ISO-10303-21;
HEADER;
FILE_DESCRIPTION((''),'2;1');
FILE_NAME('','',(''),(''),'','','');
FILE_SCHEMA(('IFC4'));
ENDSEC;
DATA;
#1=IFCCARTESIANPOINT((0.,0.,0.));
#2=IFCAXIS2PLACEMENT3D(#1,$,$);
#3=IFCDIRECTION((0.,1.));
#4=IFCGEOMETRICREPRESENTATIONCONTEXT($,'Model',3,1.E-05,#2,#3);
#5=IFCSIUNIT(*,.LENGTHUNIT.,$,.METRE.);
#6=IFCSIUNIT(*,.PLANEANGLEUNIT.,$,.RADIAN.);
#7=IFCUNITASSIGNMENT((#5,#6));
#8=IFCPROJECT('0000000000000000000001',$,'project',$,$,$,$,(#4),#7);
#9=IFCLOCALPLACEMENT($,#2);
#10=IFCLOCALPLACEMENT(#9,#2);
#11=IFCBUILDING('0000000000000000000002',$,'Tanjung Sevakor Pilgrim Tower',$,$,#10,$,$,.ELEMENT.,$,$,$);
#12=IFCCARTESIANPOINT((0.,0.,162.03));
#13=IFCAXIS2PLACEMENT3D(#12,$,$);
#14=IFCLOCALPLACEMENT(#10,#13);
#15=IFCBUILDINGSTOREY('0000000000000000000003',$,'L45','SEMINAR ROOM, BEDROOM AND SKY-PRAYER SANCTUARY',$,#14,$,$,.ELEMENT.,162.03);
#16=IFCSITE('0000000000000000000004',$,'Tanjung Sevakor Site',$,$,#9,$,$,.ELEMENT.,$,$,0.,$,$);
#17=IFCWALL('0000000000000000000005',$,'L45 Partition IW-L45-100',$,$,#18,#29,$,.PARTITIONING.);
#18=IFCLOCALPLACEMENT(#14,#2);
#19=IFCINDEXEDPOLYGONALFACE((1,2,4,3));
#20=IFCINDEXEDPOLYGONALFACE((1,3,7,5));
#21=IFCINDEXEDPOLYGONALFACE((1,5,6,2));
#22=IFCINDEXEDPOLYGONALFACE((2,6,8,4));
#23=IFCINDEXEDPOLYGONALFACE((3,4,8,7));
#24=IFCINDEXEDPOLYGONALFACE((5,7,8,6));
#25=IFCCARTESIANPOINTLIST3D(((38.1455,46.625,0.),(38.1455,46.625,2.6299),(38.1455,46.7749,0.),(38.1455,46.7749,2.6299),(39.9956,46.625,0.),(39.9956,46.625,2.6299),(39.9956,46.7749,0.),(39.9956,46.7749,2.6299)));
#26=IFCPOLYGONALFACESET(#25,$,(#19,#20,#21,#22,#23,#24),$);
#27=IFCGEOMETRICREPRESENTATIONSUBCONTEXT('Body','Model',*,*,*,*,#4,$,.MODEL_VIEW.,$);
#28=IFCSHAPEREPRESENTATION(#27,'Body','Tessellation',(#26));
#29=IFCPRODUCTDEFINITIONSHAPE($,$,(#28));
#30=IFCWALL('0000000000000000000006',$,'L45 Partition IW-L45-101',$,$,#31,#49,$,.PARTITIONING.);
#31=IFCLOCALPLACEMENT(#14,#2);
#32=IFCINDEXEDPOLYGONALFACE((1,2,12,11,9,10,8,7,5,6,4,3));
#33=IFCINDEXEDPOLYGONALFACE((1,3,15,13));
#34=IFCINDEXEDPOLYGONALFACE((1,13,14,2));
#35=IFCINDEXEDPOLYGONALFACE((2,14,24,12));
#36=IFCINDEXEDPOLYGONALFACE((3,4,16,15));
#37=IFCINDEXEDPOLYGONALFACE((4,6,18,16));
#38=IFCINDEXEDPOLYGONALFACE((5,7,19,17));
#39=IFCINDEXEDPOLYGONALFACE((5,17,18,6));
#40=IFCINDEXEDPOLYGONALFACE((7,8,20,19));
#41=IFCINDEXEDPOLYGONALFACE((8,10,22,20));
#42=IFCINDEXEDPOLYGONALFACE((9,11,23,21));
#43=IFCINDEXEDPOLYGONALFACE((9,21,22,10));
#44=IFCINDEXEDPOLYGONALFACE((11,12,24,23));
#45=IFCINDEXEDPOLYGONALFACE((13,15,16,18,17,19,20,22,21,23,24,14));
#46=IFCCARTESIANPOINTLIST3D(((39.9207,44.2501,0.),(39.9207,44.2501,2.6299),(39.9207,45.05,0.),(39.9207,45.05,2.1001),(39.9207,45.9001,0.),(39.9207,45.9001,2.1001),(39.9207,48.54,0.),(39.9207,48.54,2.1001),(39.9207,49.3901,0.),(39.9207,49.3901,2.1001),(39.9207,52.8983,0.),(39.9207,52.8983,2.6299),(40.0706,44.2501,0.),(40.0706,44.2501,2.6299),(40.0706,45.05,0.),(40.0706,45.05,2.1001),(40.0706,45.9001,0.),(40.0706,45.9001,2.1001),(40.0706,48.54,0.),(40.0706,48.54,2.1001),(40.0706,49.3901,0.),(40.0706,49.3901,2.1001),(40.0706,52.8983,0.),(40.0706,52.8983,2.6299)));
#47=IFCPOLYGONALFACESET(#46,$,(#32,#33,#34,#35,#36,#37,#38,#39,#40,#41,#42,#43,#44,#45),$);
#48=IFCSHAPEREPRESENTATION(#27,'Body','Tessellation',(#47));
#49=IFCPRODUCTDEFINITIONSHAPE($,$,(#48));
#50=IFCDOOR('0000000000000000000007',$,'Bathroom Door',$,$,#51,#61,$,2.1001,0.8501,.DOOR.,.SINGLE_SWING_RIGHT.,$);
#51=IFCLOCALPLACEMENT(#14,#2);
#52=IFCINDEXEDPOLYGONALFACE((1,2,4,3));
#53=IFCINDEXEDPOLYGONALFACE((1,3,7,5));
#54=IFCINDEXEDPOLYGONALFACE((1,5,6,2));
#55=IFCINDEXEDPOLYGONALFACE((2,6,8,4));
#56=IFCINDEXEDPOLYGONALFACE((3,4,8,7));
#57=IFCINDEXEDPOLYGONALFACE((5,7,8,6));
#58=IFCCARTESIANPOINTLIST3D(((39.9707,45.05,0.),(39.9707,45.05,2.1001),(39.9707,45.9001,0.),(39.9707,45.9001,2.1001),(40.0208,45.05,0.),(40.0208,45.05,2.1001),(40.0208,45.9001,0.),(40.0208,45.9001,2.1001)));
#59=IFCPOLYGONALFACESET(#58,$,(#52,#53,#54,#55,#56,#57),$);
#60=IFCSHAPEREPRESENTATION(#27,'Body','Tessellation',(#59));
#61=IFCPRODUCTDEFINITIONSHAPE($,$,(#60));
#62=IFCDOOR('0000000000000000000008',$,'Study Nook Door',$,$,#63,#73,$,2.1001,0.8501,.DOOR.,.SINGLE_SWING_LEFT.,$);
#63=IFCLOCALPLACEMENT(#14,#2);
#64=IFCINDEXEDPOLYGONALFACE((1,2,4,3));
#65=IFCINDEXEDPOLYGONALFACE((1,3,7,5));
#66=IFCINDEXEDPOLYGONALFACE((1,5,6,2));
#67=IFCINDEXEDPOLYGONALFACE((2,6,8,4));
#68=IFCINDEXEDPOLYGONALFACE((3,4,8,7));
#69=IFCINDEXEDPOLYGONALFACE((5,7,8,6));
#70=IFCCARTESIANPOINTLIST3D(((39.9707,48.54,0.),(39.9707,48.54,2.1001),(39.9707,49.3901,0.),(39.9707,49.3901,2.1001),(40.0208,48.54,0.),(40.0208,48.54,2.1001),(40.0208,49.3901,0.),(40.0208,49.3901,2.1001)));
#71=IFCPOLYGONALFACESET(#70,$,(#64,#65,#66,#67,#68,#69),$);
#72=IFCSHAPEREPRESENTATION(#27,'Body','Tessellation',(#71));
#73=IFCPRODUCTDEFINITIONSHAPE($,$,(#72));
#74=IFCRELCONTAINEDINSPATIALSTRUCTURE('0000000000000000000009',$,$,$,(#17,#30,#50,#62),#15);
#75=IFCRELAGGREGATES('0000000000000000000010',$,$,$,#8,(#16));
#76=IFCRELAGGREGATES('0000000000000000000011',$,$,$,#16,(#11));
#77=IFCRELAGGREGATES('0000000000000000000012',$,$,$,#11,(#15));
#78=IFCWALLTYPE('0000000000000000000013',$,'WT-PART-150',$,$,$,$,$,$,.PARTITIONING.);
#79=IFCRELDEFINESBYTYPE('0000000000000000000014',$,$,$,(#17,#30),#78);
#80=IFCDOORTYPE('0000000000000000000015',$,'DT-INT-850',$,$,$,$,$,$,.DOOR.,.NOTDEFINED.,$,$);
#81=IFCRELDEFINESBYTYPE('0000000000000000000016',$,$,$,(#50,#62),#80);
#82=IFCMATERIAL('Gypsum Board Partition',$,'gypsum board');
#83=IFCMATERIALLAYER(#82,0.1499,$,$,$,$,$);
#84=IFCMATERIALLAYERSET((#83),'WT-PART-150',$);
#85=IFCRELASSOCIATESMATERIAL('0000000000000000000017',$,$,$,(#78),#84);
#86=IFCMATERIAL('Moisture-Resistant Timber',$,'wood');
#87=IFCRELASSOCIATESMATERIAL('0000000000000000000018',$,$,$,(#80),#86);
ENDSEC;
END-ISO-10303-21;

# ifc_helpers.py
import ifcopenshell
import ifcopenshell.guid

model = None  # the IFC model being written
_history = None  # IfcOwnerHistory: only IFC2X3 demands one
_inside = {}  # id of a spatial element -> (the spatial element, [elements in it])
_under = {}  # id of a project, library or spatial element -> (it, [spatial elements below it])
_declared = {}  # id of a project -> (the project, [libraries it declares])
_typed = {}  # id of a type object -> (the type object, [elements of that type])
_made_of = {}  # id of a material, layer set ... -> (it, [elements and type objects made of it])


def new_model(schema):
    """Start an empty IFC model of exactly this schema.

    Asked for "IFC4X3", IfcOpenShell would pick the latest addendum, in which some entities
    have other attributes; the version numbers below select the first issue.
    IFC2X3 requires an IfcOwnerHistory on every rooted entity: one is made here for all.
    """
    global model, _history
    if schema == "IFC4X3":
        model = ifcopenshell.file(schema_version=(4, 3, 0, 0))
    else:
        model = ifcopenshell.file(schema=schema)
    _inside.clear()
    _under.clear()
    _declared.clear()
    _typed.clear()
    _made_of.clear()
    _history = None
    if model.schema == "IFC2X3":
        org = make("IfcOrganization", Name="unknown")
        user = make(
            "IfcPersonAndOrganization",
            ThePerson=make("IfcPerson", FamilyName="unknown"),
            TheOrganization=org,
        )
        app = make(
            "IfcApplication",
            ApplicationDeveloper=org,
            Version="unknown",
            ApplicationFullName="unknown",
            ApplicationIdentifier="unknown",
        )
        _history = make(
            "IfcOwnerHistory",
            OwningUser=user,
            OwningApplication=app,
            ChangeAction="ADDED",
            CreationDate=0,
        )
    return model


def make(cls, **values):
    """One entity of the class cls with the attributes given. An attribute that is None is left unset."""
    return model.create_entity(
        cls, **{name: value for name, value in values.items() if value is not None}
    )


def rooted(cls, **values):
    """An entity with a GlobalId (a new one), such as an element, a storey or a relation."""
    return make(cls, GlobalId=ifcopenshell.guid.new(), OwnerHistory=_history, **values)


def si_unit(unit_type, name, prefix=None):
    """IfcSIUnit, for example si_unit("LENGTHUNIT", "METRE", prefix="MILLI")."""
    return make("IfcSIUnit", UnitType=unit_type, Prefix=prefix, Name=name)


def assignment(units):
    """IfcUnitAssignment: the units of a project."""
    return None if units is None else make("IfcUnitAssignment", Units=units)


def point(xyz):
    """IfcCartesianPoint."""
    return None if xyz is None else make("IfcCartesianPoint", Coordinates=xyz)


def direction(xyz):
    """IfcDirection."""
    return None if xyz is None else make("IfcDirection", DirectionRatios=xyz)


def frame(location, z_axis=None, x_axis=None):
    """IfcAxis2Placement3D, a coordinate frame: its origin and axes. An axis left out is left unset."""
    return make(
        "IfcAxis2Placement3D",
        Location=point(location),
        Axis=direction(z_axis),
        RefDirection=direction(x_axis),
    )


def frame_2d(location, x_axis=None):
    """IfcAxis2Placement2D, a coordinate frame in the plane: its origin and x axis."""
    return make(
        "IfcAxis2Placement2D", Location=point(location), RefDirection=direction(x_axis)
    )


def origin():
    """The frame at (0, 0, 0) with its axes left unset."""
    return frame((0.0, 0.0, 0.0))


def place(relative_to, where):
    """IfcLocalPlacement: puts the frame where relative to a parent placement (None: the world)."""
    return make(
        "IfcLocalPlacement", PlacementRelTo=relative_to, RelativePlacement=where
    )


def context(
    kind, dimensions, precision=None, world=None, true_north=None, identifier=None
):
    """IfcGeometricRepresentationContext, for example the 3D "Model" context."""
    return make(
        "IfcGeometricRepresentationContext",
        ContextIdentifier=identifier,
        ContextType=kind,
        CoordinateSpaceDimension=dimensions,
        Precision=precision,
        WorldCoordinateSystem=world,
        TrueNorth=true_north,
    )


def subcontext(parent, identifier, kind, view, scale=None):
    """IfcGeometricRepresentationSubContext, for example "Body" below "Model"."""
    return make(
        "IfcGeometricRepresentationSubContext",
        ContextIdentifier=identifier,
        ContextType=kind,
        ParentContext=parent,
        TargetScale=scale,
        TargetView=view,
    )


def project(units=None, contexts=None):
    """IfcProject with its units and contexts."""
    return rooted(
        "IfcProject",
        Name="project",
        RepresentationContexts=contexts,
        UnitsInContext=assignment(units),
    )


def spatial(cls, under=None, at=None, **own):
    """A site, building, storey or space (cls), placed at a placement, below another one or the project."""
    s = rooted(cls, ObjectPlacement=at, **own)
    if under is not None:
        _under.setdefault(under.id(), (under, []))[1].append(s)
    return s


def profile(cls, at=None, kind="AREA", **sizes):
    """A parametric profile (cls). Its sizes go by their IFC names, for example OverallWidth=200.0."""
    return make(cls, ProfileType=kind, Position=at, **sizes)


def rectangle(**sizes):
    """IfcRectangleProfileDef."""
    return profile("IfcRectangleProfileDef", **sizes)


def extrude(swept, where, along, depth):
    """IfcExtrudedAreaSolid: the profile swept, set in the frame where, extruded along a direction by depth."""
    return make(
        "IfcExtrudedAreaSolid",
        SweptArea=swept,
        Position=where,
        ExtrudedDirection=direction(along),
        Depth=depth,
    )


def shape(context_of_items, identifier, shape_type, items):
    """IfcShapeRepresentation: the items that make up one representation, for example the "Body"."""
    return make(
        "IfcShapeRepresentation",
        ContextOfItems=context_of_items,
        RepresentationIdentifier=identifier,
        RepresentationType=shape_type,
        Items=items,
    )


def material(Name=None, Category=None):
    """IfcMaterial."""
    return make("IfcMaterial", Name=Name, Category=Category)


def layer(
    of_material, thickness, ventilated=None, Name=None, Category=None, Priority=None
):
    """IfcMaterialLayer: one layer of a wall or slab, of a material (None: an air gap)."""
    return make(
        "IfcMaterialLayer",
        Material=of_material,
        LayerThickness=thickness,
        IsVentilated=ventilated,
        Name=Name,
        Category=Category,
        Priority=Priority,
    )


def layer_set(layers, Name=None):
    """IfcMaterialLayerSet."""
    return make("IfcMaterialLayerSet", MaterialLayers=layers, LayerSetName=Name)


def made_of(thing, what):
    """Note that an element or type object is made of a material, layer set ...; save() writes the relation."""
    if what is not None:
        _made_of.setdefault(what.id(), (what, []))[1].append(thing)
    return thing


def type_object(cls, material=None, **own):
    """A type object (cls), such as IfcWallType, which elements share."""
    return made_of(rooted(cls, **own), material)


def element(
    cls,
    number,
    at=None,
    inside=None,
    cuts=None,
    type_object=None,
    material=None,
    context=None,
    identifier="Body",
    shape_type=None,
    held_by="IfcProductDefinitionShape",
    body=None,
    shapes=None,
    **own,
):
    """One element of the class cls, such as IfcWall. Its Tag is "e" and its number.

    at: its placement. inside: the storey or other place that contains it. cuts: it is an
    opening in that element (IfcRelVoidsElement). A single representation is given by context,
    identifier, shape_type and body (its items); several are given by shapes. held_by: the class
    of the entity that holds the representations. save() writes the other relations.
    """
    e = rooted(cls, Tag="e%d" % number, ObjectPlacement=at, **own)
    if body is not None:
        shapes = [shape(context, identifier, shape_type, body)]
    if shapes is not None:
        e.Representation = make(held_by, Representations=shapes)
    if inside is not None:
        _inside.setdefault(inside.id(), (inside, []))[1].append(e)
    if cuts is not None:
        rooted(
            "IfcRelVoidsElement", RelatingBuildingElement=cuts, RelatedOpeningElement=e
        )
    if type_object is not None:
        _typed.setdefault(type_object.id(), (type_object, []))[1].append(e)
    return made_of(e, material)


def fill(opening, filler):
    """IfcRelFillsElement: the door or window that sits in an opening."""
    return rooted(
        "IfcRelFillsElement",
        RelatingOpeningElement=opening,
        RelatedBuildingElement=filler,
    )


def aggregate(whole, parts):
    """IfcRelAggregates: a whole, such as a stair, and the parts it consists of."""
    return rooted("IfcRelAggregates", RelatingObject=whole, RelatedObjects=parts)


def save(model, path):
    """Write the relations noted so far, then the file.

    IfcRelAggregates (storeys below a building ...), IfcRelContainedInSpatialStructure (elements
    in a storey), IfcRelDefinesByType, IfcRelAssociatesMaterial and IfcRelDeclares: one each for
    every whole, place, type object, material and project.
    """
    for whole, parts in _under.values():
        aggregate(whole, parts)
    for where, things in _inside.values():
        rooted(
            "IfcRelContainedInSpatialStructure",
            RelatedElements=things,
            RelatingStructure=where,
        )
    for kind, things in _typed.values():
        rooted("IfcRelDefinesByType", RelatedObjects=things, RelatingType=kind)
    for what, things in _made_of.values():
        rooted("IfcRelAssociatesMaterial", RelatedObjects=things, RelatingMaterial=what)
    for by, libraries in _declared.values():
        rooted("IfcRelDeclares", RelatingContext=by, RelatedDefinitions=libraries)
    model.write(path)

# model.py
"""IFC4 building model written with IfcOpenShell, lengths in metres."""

from ifc_helpers import new_model, si_unit, direction, frame, frame_2d, origin, place, context, subcontext, project, spatial, rectangle, extrude, material, layer, layer_set, type_object, element, fill, save


model = new_model("IFC4")

# Units and contexts
model_context = context("Model", 3, precision=1e-05, world=origin(), true_north=direction((0.0, 1.0)))
body_context = subcontext(model_context, "Body", "Model", "MODEL_VIEW")
ifc_project = project(units=[si_unit("LENGTHUNIT", "METRE"), si_unit("PLANEANGLEUNIT", "RADIAN")], contexts=[model_context])

# Site, building, storey
site_placement = place(None, origin())
site = spatial("IfcSite", under=ifc_project, at=site_placement, Name="Tanjung Sevakor Site", CompositionType="ELEMENT", RefElevation=0.0)
building_placement = place(site_placement, origin())
building = spatial("IfcBuilding", under=site, at=building_placement, Name="Tanjung Sevakor Pilgrim Tower", CompositionType="ELEMENT")
storey_placement = place(building_placement, frame((0.0, 0.0, 162.03)))
storey = spatial("IfcBuildingStorey", under=building, at=storey_placement, Name="L45", Description="SEMINAR ROOM, BEDROOM AND SKY-PRAYER SANCTUARY", CompositionType="ELEMENT", Elevation=162.03)

# Wall
ifc_material_1 = material(Name="Gypsum Board Partition", Category="gypsum board")
ifc_layer_1 = layer(ifc_material_1, 0.1499)
ifc_layer_set_1 = layer_set([ifc_layer_1], Name="WT-PART-150")
wall_type_1 = type_object("IfcWallType", Name="WT-PART-150", PredefinedType="PARTITIONING", material=ifc_layer_set_1)
wall_1_placement = place(storey_placement, frame((38.1455, 46.7, 0.0), z_axis=(0.0, 0.0, 1.0), x_axis=(1.0, 0.0, 0.0)))
element("IfcWall", 1, at=wall_1_placement, inside=storey, type_object=wall_type_1, Name="L45 Partition IW-L45-100", PredefinedType="PARTITIONING", context=body_context, shape_type="SweptSolid", body=[
    extrude(rectangle(XDim=1.8501, YDim=0.1499, at=frame_2d((0.925, 0.0))), origin(), (0.0, 0.0, 1.0), 2.6299),
])

# Wall, openings, doors
wall_2_placement = place(storey_placement, frame((39.9956, 44.25, 0.0), z_axis=(0.0, 0.0, 1.0), x_axis=(0.0, 1.0, 0.0)))
wall_2 = element("IfcWall", 2, at=wall_2_placement, inside=storey, type_object=wall_type_1, Name="L45 Partition IW-L45-101", PredefinedType="PARTITIONING", context=body_context, shape_type="SweptSolid", body=[
    extrude(rectangle(XDim=8.6482, YDim=0.1499, at=frame_2d((4.3242, 0.0))), origin(), (0.0, 0.0, 1.0), 2.6299),
])
opening_1_placement = place(wall_2_placement, frame((0.8, 0.0, 0.0)))
opening_1 = element("IfcOpeningElement", 3, at=opening_1_placement, cuts=wall_2, PredefinedType="OPENING", context=body_context, shape_type="SweptSolid", body=[
    extrude(rectangle(XDim=0.8501, YDim=2.1001, at=frame_2d((0.425, 1.05))), frame((0.0, 0.085, 0.0), z_axis=(0.0, -1.0, 0.0), x_axis=(1.0, 0.0, 0.0)), (0.0, 0.0, 1.0), 0.1699),
])
opening_2_placement = place(wall_2_placement, frame((4.29, 0.0, 0.0)))
opening_2 = element("IfcOpeningElement", 4, at=opening_2_placement, cuts=wall_2, PredefinedType="OPENING", context=body_context, shape_type="SweptSolid", body=[
    extrude(rectangle(XDim=0.8501, YDim=2.1001, at=frame_2d((0.425, 1.05))), frame((0.0, 0.085, 0.0), z_axis=(0.0, -1.0, 0.0), x_axis=(1.0, 0.0, 0.0)), (0.0, 0.0, 1.0), 0.1699),
])
ifc_material_2 = material(Name="Moisture-Resistant Timber", Category="wood")
door_type_1 = type_object("IfcDoorType", Name="DT-INT-850", OperationType="NOTDEFINED", PredefinedType="DOOR", material=ifc_material_2)
door_1_placement = place(opening_1_placement, origin())
door_1 = element("IfcDoor", 5, at=door_1_placement, inside=storey, type_object=door_type_1, Name="Bathroom Door", OperationType="SINGLE_SWING_RIGHT", OverallHeight=2.1001, OverallWidth=0.8501, PredefinedType="DOOR", context=body_context, shape_type="SweptSolid", body=[
    extrude(rectangle(XDim=0.8501, YDim=2.1001, at=frame_2d((0.425, 1.05))), frame((0.0, 0.0249, 0.0), z_axis=(0.0, -1.0, 0.0), x_axis=(1.0, 0.0, 0.0)), (0.0, 0.0, 1.0), 0.05),
])
fill(opening_1, door_1)
door_2_placement = place(opening_2_placement, origin())
door_2 = element("IfcDoor", 6, at=door_2_placement, inside=storey, type_object=door_type_1, Name="Study Nook Door", OperationType="SINGLE_SWING_LEFT", OverallHeight=2.1001, OverallWidth=0.8501, PredefinedType="DOOR", context=body_context, shape_type="SweptSolid", body=[
    extrude(rectangle(XDim=0.8501, YDim=2.1001, at=frame_2d((0.425, 1.05))), frame((0.0, 0.0249, 0.0), z_axis=(0.0, -1.0, 0.0), x_axis=(1.0, 0.0, 0.0)), (0.0, 0.0, 1.0), 0.05),
])
fill(opening_2, door_2)

save(model, "model.ifc")
